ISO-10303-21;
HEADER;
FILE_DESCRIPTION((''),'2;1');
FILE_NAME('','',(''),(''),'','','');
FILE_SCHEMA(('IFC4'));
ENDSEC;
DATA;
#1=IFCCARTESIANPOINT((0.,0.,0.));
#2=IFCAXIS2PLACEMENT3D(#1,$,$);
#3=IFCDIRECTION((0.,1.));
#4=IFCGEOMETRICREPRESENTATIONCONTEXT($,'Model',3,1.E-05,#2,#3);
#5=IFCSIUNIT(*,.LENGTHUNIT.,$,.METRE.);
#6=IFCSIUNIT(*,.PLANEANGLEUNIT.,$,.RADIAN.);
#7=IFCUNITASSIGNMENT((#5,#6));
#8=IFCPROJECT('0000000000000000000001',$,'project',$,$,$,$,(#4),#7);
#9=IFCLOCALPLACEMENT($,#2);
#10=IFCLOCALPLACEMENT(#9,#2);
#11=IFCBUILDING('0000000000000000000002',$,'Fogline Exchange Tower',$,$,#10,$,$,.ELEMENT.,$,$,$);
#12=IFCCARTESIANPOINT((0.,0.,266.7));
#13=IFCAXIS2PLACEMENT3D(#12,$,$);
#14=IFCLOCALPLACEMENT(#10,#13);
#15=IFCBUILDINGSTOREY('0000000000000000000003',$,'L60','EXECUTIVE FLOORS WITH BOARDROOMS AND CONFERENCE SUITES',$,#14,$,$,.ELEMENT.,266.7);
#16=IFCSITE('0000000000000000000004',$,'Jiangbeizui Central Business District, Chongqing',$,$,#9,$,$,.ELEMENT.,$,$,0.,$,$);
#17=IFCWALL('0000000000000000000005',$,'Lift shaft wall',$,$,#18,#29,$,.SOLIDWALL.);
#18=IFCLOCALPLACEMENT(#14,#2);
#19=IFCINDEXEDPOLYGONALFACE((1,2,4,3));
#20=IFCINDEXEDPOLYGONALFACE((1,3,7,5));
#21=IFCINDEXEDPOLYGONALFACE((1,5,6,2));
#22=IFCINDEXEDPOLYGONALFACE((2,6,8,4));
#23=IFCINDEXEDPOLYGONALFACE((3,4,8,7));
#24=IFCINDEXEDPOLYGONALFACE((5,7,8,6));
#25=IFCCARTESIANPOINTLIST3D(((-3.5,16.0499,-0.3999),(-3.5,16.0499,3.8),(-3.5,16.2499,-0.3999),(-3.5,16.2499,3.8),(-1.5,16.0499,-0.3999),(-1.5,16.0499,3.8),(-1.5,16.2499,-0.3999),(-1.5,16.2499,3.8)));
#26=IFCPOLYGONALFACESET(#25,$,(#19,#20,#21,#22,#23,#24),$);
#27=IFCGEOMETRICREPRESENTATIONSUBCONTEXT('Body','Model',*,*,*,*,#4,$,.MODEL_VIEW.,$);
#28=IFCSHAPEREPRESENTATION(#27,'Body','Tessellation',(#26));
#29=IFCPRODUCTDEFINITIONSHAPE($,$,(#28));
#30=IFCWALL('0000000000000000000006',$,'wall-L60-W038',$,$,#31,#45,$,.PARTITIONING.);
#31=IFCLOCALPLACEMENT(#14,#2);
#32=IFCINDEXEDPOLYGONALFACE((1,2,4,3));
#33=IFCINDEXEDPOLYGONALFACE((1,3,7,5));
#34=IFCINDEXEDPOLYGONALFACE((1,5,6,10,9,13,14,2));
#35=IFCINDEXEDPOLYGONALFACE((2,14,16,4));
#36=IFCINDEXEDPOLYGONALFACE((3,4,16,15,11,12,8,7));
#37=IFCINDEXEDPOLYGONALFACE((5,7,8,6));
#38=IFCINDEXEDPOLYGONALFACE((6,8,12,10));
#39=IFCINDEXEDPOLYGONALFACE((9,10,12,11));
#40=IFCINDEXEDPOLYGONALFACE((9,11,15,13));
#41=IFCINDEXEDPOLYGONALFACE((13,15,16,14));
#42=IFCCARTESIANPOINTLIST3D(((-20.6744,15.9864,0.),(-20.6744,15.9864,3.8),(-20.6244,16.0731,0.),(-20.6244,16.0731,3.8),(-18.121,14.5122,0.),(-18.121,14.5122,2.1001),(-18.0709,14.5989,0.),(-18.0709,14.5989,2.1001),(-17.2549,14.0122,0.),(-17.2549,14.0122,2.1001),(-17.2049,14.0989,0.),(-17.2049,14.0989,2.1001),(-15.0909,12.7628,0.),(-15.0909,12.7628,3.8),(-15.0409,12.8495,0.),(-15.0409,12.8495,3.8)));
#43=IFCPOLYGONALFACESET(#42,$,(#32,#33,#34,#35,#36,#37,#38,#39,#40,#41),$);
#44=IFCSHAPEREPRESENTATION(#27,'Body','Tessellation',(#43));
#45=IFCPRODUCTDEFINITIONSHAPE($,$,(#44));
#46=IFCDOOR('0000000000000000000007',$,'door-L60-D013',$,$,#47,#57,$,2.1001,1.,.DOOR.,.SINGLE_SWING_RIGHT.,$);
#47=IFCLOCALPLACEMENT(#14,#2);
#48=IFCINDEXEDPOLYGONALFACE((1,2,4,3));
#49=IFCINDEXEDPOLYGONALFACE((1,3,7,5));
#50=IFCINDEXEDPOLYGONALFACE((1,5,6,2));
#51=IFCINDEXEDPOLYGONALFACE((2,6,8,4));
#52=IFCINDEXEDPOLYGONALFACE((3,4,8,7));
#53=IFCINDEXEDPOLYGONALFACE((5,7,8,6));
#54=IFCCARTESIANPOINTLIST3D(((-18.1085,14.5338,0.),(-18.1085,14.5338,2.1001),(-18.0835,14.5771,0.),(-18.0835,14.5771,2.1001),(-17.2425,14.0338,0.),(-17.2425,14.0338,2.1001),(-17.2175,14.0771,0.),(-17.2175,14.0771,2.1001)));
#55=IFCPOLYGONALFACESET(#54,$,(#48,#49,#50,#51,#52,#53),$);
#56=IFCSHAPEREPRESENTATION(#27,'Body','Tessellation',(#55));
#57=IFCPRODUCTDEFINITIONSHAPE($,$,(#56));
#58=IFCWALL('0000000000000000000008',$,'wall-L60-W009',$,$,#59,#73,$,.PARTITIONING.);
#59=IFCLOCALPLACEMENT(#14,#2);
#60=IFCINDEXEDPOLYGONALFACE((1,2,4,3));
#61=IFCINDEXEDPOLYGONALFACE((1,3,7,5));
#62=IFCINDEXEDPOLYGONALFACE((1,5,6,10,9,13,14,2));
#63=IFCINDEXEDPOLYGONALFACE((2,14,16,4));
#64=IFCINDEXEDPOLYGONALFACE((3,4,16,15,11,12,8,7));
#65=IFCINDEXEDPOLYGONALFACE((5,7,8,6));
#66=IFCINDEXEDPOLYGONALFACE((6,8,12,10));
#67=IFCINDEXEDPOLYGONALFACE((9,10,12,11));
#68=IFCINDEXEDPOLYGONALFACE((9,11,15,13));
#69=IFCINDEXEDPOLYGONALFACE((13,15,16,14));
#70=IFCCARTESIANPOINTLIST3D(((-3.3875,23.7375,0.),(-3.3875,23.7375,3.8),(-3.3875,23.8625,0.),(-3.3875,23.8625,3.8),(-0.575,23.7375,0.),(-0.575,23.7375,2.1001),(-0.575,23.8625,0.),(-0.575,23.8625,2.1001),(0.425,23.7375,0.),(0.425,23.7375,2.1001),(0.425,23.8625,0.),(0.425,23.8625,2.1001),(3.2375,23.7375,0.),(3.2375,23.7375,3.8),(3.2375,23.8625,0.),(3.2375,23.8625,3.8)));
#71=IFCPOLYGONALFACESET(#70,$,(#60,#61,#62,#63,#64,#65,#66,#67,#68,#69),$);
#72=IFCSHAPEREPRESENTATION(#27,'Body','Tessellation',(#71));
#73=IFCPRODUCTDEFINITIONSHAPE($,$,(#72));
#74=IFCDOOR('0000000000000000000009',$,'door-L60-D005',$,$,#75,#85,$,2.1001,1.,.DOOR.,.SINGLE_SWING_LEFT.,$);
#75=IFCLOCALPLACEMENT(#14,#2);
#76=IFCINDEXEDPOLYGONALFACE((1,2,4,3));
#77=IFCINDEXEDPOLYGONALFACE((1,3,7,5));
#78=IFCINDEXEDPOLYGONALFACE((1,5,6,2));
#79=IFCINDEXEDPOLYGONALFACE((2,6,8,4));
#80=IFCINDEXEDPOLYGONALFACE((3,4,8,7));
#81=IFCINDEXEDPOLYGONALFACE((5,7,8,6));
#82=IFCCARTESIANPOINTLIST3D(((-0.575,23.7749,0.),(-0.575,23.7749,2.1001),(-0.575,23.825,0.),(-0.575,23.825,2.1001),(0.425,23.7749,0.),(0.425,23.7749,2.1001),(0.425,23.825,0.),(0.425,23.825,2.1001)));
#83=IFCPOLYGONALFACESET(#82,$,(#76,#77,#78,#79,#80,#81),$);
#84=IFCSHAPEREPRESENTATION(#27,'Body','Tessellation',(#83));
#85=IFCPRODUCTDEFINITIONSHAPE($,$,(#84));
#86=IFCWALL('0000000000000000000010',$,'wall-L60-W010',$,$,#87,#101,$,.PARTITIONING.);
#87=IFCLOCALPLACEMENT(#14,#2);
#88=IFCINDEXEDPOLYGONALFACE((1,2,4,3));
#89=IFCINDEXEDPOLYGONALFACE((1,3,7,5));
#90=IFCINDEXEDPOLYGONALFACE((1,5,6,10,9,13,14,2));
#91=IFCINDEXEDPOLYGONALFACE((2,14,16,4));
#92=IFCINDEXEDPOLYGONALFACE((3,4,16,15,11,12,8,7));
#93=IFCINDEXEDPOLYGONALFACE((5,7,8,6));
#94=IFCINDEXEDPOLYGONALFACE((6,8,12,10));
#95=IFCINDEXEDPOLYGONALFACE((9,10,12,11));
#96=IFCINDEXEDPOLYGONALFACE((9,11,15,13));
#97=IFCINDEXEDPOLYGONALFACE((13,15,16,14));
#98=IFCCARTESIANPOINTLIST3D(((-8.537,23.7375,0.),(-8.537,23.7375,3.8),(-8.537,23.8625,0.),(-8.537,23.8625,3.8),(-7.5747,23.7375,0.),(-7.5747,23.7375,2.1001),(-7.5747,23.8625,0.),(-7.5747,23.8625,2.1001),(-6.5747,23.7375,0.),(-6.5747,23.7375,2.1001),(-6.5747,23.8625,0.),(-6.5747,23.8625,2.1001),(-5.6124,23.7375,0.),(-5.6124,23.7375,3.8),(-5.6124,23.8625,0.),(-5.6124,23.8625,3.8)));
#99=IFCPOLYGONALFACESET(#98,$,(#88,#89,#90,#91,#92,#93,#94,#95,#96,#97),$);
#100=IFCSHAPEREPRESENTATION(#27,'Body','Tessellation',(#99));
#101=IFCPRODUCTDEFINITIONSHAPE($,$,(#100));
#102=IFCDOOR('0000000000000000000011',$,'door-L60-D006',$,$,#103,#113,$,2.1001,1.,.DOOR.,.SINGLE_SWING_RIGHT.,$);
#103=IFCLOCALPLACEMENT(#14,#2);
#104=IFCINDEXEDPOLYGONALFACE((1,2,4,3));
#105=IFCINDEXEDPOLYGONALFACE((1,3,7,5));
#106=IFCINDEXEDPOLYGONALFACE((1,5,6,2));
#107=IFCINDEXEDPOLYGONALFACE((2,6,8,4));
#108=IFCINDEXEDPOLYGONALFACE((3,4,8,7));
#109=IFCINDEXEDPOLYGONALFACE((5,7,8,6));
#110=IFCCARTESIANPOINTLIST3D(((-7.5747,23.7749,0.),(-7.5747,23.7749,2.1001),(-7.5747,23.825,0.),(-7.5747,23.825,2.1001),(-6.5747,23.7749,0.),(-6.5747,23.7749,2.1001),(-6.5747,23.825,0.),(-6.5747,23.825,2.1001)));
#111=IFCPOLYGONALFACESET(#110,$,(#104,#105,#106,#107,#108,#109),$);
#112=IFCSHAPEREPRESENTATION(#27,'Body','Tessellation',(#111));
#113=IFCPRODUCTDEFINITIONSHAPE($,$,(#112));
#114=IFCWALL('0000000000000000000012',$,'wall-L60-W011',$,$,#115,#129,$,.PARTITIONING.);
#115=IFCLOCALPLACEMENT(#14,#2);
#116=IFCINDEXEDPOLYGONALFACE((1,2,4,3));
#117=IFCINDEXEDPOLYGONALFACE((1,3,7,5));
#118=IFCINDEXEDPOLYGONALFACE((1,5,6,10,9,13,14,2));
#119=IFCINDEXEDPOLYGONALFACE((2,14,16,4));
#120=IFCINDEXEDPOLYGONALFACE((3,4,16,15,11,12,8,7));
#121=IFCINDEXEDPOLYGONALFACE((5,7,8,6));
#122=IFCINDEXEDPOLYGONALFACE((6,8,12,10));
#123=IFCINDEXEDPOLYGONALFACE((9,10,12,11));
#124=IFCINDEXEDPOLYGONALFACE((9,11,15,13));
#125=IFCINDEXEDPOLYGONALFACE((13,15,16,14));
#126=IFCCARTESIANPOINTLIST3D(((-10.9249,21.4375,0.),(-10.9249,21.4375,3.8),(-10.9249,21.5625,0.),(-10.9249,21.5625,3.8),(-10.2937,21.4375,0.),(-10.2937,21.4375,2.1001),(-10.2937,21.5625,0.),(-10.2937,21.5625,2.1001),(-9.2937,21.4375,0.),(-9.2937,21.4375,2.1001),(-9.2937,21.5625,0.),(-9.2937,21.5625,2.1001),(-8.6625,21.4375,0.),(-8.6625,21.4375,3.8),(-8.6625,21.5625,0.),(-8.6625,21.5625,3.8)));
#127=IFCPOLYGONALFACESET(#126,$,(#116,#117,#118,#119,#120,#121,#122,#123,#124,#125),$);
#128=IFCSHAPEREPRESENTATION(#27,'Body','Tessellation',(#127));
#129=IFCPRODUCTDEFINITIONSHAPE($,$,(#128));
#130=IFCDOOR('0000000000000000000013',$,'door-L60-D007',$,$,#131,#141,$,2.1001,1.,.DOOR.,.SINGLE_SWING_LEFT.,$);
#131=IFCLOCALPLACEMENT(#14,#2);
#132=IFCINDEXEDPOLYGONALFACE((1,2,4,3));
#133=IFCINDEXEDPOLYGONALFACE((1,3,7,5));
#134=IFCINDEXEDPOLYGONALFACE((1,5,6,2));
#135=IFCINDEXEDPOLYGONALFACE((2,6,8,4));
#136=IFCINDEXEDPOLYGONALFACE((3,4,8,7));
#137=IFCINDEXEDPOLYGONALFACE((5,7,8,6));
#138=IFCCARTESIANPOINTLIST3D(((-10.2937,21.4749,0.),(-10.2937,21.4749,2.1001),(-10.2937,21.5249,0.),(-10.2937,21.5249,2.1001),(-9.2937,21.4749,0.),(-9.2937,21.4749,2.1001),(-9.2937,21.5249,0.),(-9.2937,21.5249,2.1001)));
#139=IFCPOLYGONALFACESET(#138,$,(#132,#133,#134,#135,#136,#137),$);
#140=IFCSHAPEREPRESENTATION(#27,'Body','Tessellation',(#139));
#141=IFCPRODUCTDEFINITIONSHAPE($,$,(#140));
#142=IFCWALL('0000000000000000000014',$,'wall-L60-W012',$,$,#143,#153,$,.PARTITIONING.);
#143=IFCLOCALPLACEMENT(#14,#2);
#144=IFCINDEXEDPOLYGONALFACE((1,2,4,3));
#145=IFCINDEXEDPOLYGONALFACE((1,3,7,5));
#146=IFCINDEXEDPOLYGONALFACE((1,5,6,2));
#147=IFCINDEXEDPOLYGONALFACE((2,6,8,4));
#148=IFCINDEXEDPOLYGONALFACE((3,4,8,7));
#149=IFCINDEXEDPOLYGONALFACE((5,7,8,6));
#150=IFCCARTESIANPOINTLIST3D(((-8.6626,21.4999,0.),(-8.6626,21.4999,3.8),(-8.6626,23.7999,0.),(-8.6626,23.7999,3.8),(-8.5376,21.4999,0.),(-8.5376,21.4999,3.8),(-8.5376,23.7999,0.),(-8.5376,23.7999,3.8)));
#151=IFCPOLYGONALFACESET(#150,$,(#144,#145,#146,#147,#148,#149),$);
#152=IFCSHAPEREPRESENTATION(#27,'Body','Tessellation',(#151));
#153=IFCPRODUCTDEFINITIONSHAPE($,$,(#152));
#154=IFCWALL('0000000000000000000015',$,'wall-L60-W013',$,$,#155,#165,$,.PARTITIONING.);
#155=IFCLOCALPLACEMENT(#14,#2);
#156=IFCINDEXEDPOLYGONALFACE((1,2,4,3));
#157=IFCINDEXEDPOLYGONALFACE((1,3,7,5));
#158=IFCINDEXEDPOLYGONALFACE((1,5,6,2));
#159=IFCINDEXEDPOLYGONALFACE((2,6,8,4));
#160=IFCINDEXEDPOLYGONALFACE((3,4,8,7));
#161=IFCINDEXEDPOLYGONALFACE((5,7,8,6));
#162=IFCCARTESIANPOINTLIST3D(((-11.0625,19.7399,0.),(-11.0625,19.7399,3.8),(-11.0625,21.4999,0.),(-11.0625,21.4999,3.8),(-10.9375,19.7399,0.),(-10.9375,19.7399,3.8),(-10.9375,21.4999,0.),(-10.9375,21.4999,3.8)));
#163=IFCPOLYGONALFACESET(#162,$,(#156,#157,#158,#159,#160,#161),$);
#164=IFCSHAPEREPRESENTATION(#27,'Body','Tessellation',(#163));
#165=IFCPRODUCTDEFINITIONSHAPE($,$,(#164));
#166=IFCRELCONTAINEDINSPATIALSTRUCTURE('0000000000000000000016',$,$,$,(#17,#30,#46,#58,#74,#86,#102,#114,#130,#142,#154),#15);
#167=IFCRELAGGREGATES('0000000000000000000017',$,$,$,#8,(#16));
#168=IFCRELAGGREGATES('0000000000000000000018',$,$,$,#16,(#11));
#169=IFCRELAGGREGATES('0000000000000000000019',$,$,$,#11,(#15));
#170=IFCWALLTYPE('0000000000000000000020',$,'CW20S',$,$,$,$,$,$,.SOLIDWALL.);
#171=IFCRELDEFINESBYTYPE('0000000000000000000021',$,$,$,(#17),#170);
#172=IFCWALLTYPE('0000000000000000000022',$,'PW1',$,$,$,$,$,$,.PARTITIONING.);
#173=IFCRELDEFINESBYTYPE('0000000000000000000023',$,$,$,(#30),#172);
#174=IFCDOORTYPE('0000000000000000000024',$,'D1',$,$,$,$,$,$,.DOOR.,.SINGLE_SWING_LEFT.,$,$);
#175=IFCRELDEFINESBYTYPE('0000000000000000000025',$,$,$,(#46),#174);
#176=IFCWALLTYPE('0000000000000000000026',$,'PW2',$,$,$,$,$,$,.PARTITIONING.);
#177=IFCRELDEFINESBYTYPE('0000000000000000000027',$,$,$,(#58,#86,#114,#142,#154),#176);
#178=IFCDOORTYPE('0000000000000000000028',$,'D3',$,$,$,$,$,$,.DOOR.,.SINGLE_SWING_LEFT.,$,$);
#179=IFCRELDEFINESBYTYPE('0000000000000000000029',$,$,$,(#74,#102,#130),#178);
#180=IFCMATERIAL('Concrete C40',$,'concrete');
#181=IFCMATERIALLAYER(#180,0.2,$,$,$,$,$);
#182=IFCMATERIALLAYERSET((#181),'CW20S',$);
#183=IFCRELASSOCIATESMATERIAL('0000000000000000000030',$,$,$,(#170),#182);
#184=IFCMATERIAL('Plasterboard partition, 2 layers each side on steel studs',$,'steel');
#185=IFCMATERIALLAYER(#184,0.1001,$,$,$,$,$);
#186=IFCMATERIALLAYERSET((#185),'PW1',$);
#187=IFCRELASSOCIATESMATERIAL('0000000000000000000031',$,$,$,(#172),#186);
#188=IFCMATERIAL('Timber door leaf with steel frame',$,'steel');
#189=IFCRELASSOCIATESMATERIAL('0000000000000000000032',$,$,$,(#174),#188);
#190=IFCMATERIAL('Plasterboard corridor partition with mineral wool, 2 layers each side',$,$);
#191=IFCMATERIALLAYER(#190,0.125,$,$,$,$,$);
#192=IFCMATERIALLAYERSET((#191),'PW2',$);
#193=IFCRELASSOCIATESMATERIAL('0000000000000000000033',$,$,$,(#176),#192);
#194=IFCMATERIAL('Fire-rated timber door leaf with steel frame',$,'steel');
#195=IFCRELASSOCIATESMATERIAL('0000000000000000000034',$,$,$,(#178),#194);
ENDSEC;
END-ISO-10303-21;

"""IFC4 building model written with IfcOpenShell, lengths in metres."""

from ifc_helpers import new_model, si_unit, direction, frame, frame_2d, origin, place, context, subcontext, project, spatial, rectangle, extrude, material, layer, layer_set, type_object, element, fill, save


model = new_model("IFC4")

# Units and contexts
model_context = context("Model", 3, precision=1e-05, world=origin(), true_north=direction((0.0, 1.0)))
body_context = subcontext(model_context, "Body", "Model", "MODEL_VIEW")
ifc_project = project(units=[si_unit("LENGTHUNIT", "METRE"), si_unit("PLANEANGLEUNIT", "RADIAN")], contexts=[model_context])

# Site, building, storey
site_placement = place(None, origin())
site = spatial("IfcSite", under=ifc_project, at=site_placement, Name="Jiangbeizui Central Business District, Chongqing", CompositionType="ELEMENT", RefElevation=0.0)
building_placement = place(site_placement, origin())
building = spatial("IfcBuilding", under=site, at=building_placement, Name="Fogline Exchange Tower", CompositionType="ELEMENT")
storey_placement = place(building_placement, frame((0.0, 0.0, 266.7)))
storey = spatial("IfcBuildingStorey", under=building, at=storey_placement, Name="L60", Description="EXECUTIVE FLOORS WITH BOARDROOMS AND CONFERENCE SUITES", CompositionType="ELEMENT", Elevation=266.7)

# Shared definitions
ifc_material_1 = material(Name="Concrete C40", Category="concrete")

# Wall
ifc_layer_1 = layer(ifc_material_1, 0.2)
ifc_layer_set_1 = layer_set([ifc_layer_1], Name="CW20S")
wall_type_1 = type_object("IfcWallType", Name="CW20S", PredefinedType="SOLIDWALL", material=ifc_layer_set_1)
for number, where, z_axis, x_axis, name in (
    (1, (-3.5, 16.1499, -0.3999), (0.0, 0.0, 1.0), (1.0, 0.0, 0.0), "Lift shaft wall"),
):
    element("IfcWall", number, at=place(storey_placement, frame(where, z_axis=z_axis, x_axis=x_axis)), inside=storey, type_object=wall_type_1, Name=name, PredefinedType="SOLIDWALL", context=body_context, shape_type="SweptSolid", body=[
        extrude(rectangle(XDim=2.0, YDim=0.2, at=frame_2d((1.0, 0.0))), origin(), (0.0, 0.0, 1.0), 4.2),
    ])

# Walls, openings, doors
ifc_material_2 = material(Name="Plasterboard partition, 2 layers each side on steel studs", Category="steel")
ifc_layer_2 = layer(ifc_material_2, 0.1001)
ifc_layer_set_2 = layer_set([ifc_layer_2], Name="PW1")
wall_type_2 = type_object("IfcWallType", Name="PW1", PredefinedType="PARTITIONING", material=ifc_layer_set_2)
wall_1_placement = place(storey_placement, frame((-15.0659, 12.8062, 0.0), z_axis=(0.0, 0.0, 1.0), x_axis=(-0.866025, 0.5, 0.0)))
wall_1 = element("IfcWall", 2, at=wall_1_placement, inside=storey, type_object=wall_type_2, Name="wall-L60-W038", PredefinedType="PARTITIONING", context=body_context, shape_type="SweptSolid", body=[
    extrude(rectangle(XDim=6.4473, YDim=0.1001, at=frame_2d((3.2236, 0.0))), origin(), (0.0, 0.0, 1.0), 3.8),
])
opening_1_placement = place(wall_1_placement, frame((2.4988, 0.0, 0.0)))
opening_1 = element("IfcOpeningElement", 3, at=opening_1_placement, cuts=wall_1, PredefinedType="OPENING", context=body_context, shape_type="SweptSolid", body=[
    extrude(rectangle(XDim=1.0, YDim=2.1001, at=frame_2d((0.5, 1.05))), frame((0.0, 0.0601, 0.0), z_axis=(0.0, -1.0, 0.0), x_axis=(1.0, 0.0, 0.0)), (0.0, 0.0, 1.0), 0.1201),
])
ifc_material_3 = material(Name="Timber door leaf with steel frame", Category="steel")
door_type_1 = type_object("IfcDoorType", Name="D1", OperationType="SINGLE_SWING_LEFT", PredefinedType="DOOR", material=ifc_material_3)
door_1_placement = place(opening_1_placement, frame((1.0, 0.0, 0.0), z_axis=(0.0, 0.0, 1.0), x_axis=(-1.0, 0.0, 0.0)))
door_1 = element("IfcDoor", 4, at=door_1_placement, inside=storey, type_object=door_type_1, Name="door-L60-D013", OperationType="SINGLE_SWING_RIGHT", OverallHeight=2.1001, OverallWidth=1.0, PredefinedType="DOOR", context=body_context, shape_type="SweptSolid", body=[
    extrude(rectangle(XDim=1.0, YDim=2.1001, at=frame_2d((0.5, 1.05))), frame((0.0, 0.0249, 0.0), z_axis=(0.0, -1.0, 0.0), x_axis=(1.0, 0.0, 0.0)), (0.0, 0.0, 1.0), 0.05),
])
fill(opening_1, door_1)
ifc_material_4 = material(Name="Plasterboard corridor partition with mineral wool, 2 layers each side")
ifc_layer_3 = layer(ifc_material_4, 0.125)
ifc_layer_set_3 = layer_set([ifc_layer_3], Name="PW2")
wall_type_3 = type_object("IfcWallType", Name="PW2", PredefinedType="PARTITIONING", material=ifc_layer_set_3)
wall_2_placement = place(storey_placement, frame((-3.3875, 23.8, 0.0), z_axis=(0.0, 0.0, 1.0), x_axis=(1.0, 0.0, 0.0)))
wall_2 = element("IfcWall", 5, at=wall_2_placement, inside=storey, type_object=wall_type_3, Name="wall-L60-W009", PredefinedType="PARTITIONING", context=body_context, shape_type="SweptSolid", body=[
    extrude(rectangle(XDim=6.625, YDim=0.125, at=frame_2d((3.3125, 0.0))), origin(), (0.0, 0.0, 1.0), 3.8),
])
opening_2_placement = place(wall_2_placement, frame((2.8125, 0.0, 0.0)))
opening_2 = element("IfcOpeningElement", 6, at=opening_2_placement, cuts=wall_2, PredefinedType="OPENING", context=body_context, shape_type="SweptSolid", body=[
    extrude(rectangle(XDim=1.0, YDim=2.1001, at=frame_2d((0.5, 1.05))), frame((0.0, 0.0725, 0.0), z_axis=(0.0, -1.0, 0.0), x_axis=(1.0, 0.0, 0.0)), (0.0, 0.0, 1.0), 0.145),
])
ifc_material_5 = material(Name="Fire-rated timber door leaf with steel frame", Category="steel")
door_type_2 = type_object("IfcDoorType", Name="D3", OperationType="SINGLE_SWING_LEFT", PredefinedType="DOOR", material=ifc_material_5)
door_2_placement = place(opening_2_placement, origin())
door_2 = element("IfcDoor", 7, at=door_2_placement, inside=storey, type_object=door_type_2, Name="door-L60-D005", OperationType="SINGLE_SWING_LEFT", OverallHeight=2.1001, OverallWidth=1.0, PredefinedType="DOOR", context=body_context, shape_type="SweptSolid", body=[
    extrude(rectangle(XDim=1.0, YDim=2.1001, at=frame_2d((0.5, 1.05))), frame((0.0, 0.0249, 0.0), z_axis=(0.0, -1.0, 0.0), x_axis=(1.0, 0.0, 0.0)), (0.0, 0.0, 1.0), 0.05),
])
fill(opening_2, door_2)
wall_3_placement = place(storey_placement, frame((-8.5371, 23.8, 0.0), z_axis=(0.0, 0.0, 1.0), x_axis=(1.0, 0.0, 0.0)))
wall_3 = element("IfcWall", 8, at=wall_3_placement, inside=storey, type_object=wall_type_3, Name="wall-L60-W010", PredefinedType="PARTITIONING", context=body_context, shape_type="SweptSolid", body=[
    extrude(rectangle(XDim=2.9246, YDim=0.125, at=frame_2d((1.4624, 0.0))), origin(), (0.0, 0.0, 1.0), 3.8),
])
opening_3_placement = place(wall_3_placement, frame((0.9624, 0.0, 0.0)))
opening_3 = element("IfcOpeningElement", 9, at=opening_3_placement, cuts=wall_3, PredefinedType="OPENING", context=body_context, shape_type="SweptSolid", body=[
    extrude(rectangle(XDim=1.0, YDim=2.1001, at=frame_2d((0.5, 1.05))), frame((0.0, 0.0725, 0.0), z_axis=(0.0, -1.0, 0.0), x_axis=(1.0, 0.0, 0.0)), (0.0, 0.0, 1.0), 0.145),
])
door_3_placement = place(opening_3_placement, origin())
door_3 = element("IfcDoor", 10, at=door_3_placement, inside=storey, type_object=door_type_2, Name="door-L60-D006", OperationType="SINGLE_SWING_RIGHT", OverallHeight=2.1001, OverallWidth=1.0, PredefinedType="DOOR", context=body_context, shape_type="SweptSolid", body=[
    extrude(rectangle(XDim=1.0, YDim=2.1001, at=frame_2d((0.5, 1.05))), frame((0.0, 0.0249, 0.0), z_axis=(0.0, -1.0, 0.0), x_axis=(1.0, 0.0, 0.0)), (0.0, 0.0, 1.0), 0.05),
])
fill(opening_3, door_3)
wall_4_placement = place(storey_placement, frame((-10.925, 21.5, 0.0), z_axis=(0.0, 0.0, 1.0), x_axis=(1.0, 0.0, 0.0)))
wall_4 = element("IfcWall", 11, at=wall_4_placement, inside=storey, type_object=wall_type_3, Name="wall-L60-W011", PredefinedType="PARTITIONING", context=body_context, shape_type="SweptSolid", body=[
    extrude(rectangle(XDim=2.2625, YDim=0.125, at=frame_2d((1.1313, 0.0))), origin(), (0.0, 0.0, 1.0), 3.8),
])
opening_4_placement = place(wall_4_placement, frame((0.6313, 0.0, 0.0)))
opening_4 = element("IfcOpeningElement", 12, at=opening_4_placement, cuts=wall_4, PredefinedType="OPENING", context=body_context, shape_type="SweptSolid", body=[
    extrude(rectangle(XDim=1.0, YDim=2.1001, at=frame_2d((0.5, 1.05))), frame((0.0, 0.0725, 0.0), z_axis=(0.0, -1.0, 0.0), x_axis=(1.0, 0.0, 0.0)), (0.0, 0.0, 1.0), 0.145),
])
door_4_placement = place(opening_4_placement, origin())
door_4 = element("IfcDoor", 13, at=door_4_placement, inside=storey, type_object=door_type_2, Name="door-L60-D007", OperationType="SINGLE_SWING_LEFT", OverallHeight=2.1001, OverallWidth=1.0, PredefinedType="DOOR", context=body_context, shape_type="SweptSolid", body=[
    extrude(rectangle(XDim=1.0, YDim=2.1001, at=frame_2d((0.5, 1.05))), frame((0.0, 0.0249, 0.0), z_axis=(0.0, -1.0, 0.0), x_axis=(1.0, 0.0, 0.0)), (0.0, 0.0, 1.0), 0.05),
])
fill(opening_4, door_4)

# Walls
wall_5_placement = place(storey_placement, frame((-8.6001, 21.5, 0.0), z_axis=(0.0, 0.0, 1.0), x_axis=(0.0, 1.0, 0.0)))
element("IfcWall", 14, at=wall_5_placement, inside=storey, type_object=wall_type_3, Name="wall-L60-W012", PredefinedType="PARTITIONING", context=body_context, shape_type="SweptSolid", body=[
    extrude(rectangle(XDim=2.3, YDim=0.125, at=frame_2d((1.1499, 0.0))), origin(), (0.0, 0.0, 1.0), 3.8),
])
wall_6_placement = place(storey_placement, frame((-11.0, 19.74, 0.0), z_axis=(0.0, 0.0, 1.0), x_axis=(0.0, 1.0, 0.0)))
element("IfcWall", 15, at=wall_6_placement, inside=storey, type_object=wall_type_3, Name="wall-L60-W013", PredefinedType="PARTITIONING", context=body_context, shape_type="SweptSolid", body=[
    extrude(rectangle(XDim=1.76, YDim=0.125, at=frame_2d((0.8799, 0.0))), origin(), (0.0, 0.0, 1.0), 3.8),
])

save(model, "model.ifc")
